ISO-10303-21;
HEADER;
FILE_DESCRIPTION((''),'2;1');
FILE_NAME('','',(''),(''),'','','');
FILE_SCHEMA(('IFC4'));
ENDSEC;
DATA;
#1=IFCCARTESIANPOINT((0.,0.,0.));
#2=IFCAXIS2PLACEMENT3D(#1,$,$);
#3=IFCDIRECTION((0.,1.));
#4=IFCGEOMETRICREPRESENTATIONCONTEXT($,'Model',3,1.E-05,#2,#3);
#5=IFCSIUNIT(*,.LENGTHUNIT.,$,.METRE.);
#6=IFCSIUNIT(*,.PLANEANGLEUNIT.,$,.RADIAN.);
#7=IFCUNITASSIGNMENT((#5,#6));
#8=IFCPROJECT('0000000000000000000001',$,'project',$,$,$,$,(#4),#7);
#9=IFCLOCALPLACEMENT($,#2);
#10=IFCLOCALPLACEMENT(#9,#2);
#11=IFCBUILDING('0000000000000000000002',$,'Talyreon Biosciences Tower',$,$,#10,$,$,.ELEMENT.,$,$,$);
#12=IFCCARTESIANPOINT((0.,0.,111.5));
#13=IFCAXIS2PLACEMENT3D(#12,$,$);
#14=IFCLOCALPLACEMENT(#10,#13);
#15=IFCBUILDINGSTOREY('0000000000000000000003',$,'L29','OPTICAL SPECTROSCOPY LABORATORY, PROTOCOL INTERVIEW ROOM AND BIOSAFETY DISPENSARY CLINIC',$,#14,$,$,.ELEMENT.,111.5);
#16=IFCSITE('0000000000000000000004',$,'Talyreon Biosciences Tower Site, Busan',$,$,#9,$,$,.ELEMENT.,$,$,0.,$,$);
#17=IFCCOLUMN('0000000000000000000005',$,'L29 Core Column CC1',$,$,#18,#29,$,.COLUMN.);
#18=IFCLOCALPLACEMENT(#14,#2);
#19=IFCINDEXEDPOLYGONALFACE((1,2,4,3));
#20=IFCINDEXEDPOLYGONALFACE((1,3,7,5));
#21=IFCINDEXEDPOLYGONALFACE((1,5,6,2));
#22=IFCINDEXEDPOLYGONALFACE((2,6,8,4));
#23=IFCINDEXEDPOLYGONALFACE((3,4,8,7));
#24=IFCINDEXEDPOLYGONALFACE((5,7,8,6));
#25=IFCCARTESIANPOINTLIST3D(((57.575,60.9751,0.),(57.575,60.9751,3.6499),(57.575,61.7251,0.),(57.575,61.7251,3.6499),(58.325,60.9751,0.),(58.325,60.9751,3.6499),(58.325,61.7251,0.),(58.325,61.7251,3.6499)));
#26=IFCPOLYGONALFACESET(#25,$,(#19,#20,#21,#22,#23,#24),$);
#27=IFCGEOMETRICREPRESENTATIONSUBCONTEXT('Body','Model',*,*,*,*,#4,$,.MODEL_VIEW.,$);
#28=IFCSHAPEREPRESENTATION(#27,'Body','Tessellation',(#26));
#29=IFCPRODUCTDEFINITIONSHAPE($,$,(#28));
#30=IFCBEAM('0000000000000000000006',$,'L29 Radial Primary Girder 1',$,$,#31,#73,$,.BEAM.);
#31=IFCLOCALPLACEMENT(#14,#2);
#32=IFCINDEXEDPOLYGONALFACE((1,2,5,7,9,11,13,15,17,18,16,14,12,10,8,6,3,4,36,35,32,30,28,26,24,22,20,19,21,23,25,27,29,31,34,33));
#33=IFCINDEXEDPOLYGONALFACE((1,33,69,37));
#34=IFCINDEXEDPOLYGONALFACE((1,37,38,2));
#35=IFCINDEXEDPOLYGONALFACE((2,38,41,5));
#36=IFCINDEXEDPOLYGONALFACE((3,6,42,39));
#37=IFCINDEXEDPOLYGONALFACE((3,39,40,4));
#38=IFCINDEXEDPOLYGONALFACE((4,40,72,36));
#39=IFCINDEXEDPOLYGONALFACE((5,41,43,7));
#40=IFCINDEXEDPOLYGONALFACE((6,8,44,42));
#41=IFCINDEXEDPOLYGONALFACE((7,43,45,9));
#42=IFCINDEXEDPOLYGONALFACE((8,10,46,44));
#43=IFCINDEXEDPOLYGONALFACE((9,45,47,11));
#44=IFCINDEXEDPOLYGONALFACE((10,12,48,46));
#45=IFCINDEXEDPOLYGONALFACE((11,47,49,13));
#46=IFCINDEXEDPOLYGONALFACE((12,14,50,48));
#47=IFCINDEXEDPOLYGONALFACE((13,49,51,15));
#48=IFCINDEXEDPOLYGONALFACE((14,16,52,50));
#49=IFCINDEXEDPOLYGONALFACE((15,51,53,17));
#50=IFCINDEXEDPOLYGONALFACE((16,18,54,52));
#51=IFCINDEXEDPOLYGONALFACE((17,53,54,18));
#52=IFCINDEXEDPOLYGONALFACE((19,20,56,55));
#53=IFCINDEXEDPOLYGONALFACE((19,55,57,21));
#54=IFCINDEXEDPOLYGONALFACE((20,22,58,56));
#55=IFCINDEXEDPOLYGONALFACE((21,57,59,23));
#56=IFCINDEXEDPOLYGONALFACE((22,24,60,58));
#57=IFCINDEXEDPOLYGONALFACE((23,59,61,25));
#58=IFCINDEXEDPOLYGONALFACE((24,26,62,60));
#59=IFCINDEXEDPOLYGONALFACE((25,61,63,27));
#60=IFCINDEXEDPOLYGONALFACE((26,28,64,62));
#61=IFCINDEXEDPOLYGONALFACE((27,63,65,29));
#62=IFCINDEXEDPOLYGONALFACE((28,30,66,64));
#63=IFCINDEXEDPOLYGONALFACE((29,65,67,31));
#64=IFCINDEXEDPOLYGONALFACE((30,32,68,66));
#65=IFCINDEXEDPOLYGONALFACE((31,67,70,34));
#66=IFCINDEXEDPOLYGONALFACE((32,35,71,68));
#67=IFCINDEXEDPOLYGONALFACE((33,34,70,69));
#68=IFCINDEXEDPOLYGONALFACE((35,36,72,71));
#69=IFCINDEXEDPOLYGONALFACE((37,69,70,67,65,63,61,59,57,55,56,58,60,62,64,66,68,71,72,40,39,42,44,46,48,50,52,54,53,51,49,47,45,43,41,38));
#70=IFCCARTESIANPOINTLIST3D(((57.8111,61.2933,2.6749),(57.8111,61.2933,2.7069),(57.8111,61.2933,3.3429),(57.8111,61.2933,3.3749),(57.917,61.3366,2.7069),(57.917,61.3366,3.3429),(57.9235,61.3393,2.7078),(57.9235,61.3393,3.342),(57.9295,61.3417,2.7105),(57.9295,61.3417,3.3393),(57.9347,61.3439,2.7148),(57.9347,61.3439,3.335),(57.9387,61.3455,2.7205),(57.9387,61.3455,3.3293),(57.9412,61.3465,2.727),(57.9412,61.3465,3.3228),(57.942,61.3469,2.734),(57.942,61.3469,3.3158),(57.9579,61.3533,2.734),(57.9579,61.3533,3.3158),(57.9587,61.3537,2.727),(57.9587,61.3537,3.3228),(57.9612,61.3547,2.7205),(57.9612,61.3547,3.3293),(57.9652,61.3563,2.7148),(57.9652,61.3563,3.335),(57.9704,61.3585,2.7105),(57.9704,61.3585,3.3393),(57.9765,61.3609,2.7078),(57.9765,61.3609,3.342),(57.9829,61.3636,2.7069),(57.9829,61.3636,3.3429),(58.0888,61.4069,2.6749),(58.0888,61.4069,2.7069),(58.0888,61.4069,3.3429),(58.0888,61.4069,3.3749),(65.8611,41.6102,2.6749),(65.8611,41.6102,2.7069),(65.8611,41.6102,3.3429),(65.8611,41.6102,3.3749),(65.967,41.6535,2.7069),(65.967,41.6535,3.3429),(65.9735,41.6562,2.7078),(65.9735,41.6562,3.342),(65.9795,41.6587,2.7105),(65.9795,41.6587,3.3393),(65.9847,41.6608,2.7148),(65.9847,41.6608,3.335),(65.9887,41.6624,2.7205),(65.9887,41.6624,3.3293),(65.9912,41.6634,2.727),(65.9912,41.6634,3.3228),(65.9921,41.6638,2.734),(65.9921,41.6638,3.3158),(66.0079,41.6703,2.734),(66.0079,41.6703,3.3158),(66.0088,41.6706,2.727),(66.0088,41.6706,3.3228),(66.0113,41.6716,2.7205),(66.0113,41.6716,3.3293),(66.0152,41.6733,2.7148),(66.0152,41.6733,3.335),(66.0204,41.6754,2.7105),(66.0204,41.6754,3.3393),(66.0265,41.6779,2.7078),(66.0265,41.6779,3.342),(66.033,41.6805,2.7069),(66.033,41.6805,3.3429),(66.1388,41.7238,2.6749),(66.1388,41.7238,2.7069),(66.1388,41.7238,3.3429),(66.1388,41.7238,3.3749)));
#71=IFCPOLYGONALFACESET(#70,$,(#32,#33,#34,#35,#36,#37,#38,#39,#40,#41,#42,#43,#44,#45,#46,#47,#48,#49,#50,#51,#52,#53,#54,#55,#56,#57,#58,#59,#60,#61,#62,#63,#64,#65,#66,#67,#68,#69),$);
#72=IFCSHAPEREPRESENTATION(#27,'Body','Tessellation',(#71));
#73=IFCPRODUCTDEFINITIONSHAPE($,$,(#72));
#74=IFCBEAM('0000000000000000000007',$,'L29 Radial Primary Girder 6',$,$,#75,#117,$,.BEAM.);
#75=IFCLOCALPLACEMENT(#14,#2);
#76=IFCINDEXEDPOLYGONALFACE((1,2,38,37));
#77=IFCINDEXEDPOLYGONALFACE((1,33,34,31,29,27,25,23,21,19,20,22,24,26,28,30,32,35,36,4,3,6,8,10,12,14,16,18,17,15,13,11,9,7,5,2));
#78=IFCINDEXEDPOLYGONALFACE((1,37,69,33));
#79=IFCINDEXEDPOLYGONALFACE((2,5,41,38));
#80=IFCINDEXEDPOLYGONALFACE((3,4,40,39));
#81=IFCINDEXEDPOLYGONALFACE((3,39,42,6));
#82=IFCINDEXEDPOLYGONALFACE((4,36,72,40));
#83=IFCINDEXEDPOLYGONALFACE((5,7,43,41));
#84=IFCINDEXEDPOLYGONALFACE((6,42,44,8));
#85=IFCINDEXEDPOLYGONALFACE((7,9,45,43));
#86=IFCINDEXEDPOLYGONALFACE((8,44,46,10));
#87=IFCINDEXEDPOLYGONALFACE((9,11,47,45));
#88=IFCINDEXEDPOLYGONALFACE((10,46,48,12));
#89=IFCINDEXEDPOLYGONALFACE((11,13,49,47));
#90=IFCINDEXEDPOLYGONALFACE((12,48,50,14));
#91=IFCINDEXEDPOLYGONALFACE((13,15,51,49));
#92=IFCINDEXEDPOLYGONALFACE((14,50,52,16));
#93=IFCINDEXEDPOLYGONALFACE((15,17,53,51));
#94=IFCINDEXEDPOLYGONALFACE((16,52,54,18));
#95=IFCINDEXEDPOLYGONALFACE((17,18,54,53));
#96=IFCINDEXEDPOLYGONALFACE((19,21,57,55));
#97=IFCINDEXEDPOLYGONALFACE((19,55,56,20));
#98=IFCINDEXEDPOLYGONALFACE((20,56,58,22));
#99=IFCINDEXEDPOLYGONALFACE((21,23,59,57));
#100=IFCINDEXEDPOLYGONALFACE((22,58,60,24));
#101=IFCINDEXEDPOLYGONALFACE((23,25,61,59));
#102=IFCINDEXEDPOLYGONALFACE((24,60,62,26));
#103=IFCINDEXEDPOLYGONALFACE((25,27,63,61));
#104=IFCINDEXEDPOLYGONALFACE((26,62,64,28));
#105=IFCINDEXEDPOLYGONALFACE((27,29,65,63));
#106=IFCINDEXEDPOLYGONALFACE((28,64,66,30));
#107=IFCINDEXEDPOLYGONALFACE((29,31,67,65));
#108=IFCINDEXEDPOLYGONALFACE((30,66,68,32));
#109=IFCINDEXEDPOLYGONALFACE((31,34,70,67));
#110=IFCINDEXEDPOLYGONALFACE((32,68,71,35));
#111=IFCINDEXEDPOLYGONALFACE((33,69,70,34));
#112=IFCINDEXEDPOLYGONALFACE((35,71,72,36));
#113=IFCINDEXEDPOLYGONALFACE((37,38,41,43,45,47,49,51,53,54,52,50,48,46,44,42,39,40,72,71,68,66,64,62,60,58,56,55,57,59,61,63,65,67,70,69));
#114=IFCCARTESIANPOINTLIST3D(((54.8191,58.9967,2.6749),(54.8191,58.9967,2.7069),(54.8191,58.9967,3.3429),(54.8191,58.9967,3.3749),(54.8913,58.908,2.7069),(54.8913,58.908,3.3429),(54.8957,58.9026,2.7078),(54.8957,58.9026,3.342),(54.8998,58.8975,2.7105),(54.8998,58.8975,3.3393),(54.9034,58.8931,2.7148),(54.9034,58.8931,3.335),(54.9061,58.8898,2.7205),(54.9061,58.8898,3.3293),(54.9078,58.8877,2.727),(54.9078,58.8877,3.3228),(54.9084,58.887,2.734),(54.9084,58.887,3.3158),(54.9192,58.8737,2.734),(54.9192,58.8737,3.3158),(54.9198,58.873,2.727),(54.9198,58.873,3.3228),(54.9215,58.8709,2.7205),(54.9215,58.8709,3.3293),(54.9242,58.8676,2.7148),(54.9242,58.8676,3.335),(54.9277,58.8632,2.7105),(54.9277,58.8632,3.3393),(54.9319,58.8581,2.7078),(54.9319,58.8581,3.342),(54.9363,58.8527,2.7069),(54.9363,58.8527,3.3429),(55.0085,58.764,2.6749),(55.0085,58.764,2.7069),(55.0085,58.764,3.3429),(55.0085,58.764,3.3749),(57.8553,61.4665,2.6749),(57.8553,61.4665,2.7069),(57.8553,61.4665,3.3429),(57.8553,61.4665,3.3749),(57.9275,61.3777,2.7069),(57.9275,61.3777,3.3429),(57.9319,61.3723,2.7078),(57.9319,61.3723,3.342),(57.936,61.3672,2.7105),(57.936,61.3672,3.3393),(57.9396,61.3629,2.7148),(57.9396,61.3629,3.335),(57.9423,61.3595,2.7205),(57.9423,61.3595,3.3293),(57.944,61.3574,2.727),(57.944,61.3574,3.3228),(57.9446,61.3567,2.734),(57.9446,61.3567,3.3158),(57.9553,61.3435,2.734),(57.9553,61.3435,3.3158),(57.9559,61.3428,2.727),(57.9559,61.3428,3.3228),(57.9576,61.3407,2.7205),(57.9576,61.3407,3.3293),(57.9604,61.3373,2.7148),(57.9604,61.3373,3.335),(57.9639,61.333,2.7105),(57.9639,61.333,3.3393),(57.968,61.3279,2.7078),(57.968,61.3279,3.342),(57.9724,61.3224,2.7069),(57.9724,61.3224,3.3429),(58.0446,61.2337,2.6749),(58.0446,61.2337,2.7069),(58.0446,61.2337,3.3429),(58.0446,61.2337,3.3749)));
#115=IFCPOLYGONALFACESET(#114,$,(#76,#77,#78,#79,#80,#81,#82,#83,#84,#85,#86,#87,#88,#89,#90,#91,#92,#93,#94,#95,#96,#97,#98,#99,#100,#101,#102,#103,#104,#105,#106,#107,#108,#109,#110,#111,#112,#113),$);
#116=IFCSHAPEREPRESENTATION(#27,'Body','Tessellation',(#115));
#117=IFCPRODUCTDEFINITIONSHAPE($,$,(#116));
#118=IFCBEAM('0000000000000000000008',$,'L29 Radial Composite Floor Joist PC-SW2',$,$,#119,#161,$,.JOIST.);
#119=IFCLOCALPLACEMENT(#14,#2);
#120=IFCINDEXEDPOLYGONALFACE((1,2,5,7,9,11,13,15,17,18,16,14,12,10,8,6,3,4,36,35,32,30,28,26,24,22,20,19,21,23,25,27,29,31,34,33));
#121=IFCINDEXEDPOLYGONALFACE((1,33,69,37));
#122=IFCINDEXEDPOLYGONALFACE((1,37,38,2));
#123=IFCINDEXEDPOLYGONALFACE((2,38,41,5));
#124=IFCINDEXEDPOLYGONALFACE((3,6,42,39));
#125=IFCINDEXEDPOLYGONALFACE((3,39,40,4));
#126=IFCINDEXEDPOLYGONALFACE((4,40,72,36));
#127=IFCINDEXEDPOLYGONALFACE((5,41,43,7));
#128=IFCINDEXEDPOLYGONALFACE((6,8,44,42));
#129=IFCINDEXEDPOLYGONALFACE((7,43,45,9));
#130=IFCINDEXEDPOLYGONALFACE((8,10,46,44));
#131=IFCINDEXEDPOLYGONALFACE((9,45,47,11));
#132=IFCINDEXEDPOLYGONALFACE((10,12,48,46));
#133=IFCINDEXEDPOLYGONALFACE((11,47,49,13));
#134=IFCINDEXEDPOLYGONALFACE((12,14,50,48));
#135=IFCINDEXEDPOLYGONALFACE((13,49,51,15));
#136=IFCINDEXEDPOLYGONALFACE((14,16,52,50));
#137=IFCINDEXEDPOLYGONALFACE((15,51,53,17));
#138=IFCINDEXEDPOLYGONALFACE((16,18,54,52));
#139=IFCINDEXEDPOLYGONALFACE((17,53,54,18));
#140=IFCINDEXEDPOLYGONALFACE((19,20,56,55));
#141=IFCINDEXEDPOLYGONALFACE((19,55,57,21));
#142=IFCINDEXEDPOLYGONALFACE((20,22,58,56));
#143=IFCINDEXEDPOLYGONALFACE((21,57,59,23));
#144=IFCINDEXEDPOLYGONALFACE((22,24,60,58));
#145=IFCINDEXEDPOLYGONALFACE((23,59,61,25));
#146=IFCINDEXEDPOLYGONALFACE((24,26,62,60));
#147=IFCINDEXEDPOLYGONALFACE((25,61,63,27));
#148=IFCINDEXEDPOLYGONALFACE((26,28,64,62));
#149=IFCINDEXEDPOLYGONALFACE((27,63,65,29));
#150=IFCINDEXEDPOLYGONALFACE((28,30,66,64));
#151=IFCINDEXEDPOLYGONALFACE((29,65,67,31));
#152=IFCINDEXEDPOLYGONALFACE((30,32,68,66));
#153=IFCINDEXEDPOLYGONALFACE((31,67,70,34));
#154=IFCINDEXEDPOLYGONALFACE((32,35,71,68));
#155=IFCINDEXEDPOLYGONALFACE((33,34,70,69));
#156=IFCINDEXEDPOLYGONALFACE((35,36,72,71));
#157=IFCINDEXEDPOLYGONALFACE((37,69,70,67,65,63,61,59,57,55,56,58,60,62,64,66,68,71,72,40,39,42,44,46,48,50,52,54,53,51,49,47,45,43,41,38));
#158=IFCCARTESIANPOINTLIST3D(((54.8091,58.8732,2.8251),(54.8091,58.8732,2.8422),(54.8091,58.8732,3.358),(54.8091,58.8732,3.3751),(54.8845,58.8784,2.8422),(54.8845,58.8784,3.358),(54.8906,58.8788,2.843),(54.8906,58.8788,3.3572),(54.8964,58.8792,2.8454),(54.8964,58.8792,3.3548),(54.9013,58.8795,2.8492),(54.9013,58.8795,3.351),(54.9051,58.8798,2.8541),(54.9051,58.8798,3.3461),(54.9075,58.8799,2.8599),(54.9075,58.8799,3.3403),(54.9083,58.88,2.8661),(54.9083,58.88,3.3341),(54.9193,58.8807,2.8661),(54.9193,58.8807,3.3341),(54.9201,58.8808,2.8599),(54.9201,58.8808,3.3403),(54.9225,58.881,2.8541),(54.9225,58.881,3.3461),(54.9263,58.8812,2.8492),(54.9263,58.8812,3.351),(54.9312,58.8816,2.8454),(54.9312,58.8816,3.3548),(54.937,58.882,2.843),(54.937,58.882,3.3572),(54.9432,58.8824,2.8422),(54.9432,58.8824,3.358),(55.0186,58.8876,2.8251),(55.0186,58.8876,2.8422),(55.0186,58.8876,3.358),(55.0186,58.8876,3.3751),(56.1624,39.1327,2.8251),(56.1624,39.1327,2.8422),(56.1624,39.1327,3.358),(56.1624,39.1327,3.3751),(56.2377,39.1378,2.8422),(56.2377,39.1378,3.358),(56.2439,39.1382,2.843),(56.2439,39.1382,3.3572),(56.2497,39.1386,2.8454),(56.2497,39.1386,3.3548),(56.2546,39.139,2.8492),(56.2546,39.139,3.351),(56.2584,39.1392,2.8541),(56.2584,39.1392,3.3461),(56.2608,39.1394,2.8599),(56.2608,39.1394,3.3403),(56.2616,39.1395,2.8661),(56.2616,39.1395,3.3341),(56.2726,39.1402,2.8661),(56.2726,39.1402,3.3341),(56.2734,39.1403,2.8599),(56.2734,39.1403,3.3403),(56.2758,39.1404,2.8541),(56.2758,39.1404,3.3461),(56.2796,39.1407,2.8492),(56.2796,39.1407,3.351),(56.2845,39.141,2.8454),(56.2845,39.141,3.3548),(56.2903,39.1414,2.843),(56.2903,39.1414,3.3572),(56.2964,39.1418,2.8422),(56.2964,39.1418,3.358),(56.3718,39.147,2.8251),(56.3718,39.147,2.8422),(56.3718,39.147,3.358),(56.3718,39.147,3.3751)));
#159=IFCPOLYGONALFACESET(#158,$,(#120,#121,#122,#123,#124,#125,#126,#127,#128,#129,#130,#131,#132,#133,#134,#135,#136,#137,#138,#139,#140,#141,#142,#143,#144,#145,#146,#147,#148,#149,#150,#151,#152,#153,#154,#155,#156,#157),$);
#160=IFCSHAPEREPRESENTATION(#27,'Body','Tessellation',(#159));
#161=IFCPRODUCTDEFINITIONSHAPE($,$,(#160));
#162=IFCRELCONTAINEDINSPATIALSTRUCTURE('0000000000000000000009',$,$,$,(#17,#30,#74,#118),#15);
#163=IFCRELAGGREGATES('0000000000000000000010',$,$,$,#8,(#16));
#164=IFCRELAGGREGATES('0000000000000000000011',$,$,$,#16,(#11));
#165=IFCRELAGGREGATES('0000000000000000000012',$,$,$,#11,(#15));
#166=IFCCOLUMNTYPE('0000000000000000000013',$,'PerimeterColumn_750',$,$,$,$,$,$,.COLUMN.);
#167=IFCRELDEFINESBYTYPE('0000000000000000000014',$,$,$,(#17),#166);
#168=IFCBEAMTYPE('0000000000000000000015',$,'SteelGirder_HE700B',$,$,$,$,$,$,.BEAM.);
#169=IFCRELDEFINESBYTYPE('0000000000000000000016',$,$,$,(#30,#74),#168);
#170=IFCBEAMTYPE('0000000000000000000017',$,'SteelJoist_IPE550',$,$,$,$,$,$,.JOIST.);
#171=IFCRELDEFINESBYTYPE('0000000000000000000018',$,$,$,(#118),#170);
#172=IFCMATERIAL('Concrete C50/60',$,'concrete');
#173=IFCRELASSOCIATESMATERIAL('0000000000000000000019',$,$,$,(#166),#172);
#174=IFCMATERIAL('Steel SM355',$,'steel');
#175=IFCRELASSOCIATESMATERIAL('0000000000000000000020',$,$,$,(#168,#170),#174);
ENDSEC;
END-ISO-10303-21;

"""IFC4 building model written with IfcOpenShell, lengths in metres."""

from ifc_helpers import new_model, si_unit, direction, frame, origin, origin_2d, place, context, subcontext, project, spatial, rectangle, i_section, extrude, material, material_profile, profile_set, type_object, element, save


model = new_model("IFC4")

# Units and contexts
model_context = context("Model", 3, precision=1e-05, world=origin(), true_north=direction((0.0, 1.0)))
body_context = subcontext(model_context, "Body", "Model", "MODEL_VIEW")
ifc_project = project(units=[si_unit("LENGTHUNIT", "METRE"), si_unit("PLANEANGLEUNIT", "RADIAN")], contexts=[model_context])

# Site, building, storey
site_placement = place(None, origin())
site = spatial("IfcSite", under=ifc_project, at=site_placement, Name="Talyreon Biosciences Tower Site, Busan", CompositionType="ELEMENT", RefElevation=0.0)
building_placement = place(site_placement, origin())
building = spatial("IfcBuilding", under=site, at=building_placement, Name="Talyreon Biosciences Tower", CompositionType="ELEMENT")
storey_placement = place(building_placement, frame((0.0, 0.0, 111.5)))
storey = spatial("IfcBuildingStorey", under=building, at=storey_placement, Name="L29", Description="OPTICAL SPECTROSCOPY LABORATORY, PROTOCOL INTERVIEW ROOM AND BIOSAFETY DISPENSARY CLINIC", CompositionType="ELEMENT", Elevation=111.5)

# Column
ifc_material_1 = material(Name="Concrete C50/60", Category="concrete")
ifc_material_profile_1 = material_profile(ifc_material_1, rectangle(XDim=0.75, YDim=0.75, at=origin_2d()), Name="RC 750x750")
ifc_profile_set_1 = profile_set([ifc_material_profile_1], Name="Concrete C50/60")
column_type = type_object("IfcColumnType", Name="PerimeterColumn_750", PredefinedType="COLUMN", material=ifc_profile_set_1)
column_placement = place(storey_placement, frame((57.95, 61.3501, 0.0), z_axis=(0.0, 0.0, 1.0), x_axis=(1.0, 0.0, 0.0)))
element("IfcColumn", 1, at=column_placement, inside=storey, type_object=column_type, Name="L29 Core Column CC1", PredefinedType="COLUMN", context=body_context, shape_type="SweptSolid", body=[
    extrude(rectangle(XDim=0.75, YDim=0.75, at=origin_2d()), origin(), (0.0, 0.0, 1.0), 3.6499),
])

# Beams
ifc_material_2 = material(Name="Steel SM355", Category="steel")
ifc_material_profile_2 = material_profile(ifc_material_2, i_section(OverallWidth=0.3, OverallDepth=0.7, WebThickness=0.0171, FlangeThickness=0.032, FilletRadius=0.0271, at=origin_2d()), Name="HE700B")
ifc_profile_set_2 = profile_set([ifc_material_profile_2], Name="Steel SM355")
beam_type_1 = type_object("IfcBeamType", Name="SteelGirder_HE700B", PredefinedType="BEAM", material=ifc_profile_set_2)
beam_1_placement = place(storey_placement, frame((57.95, 61.3501, 3.0249), z_axis=(0.378547, -0.925582, 0.0), x_axis=(0.925582, 0.378547, 0.0)))
element("IfcBeam", 2, at=beam_1_placement, inside=storey, type_object=beam_type_1, Name="L29 Radial Primary Girder 1", PredefinedType="BEAM", context=body_context, shape_type="SweptSolid", body=[
    extrude(i_section(OverallWidth=0.3, OverallDepth=0.7, WebThickness=0.0171, FlangeThickness=0.032, FilletRadius=0.0271, at=origin_2d()), origin(), (0.0, 0.0, 1.0), 21.2656),
])
beam_2_placement = place(storey_placement, frame((57.95, 61.3501, 3.0249), z_axis=(-0.775755, -0.631034, 0.0), x_axis=(0.631034, -0.775755, 0.0)))
element("IfcBeam", 3, at=beam_2_placement, inside=storey, type_object=beam_type_1, Name="L29 Radial Primary Girder 6", PredefinedType="BEAM", context=body_context, shape_type="SweptSolid", body=[
    extrude(i_section(OverallWidth=0.3, OverallDepth=0.7, WebThickness=0.0171, FlangeThickness=0.032, FilletRadius=0.0271, at=origin_2d()), origin(), (0.0, 0.0, 1.0), 3.9138),
])
ifc_material_profile_3 = material_profile(ifc_material_2, i_section(OverallWidth=0.21, OverallDepth=0.55, WebThickness=0.011, FlangeThickness=0.0171, FilletRadius=0.0239, at=origin_2d()), Name="IPE550")
ifc_profile_set_3 = profile_set([ifc_material_profile_3], Name="Steel SM355")
beam_type_2 = type_object("IfcBeamType", Name="SteelJoist_IPE550", PredefinedType="JOIST", material=ifc_profile_set_3)
beam_3_placement = place(storey_placement, frame((54.9138, 58.8804, 3.1001), z_axis=(0.068393, -0.997658, 0.0), x_axis=(0.997658, 0.068393, 0.0)))
element("IfcBeam", 4, at=beam_3_placement, inside=storey, type_object=beam_type_2, Name="L29 Radial Composite Floor Joist PC-SW2", PredefinedType="JOIST", context=body_context, shape_type="SweptSolid", body=[
    extrude(i_section(OverallWidth=0.21, OverallDepth=0.55, WebThickness=0.011, FlangeThickness=0.0171, FilletRadius=0.0239, at=origin_2d()), origin(), (0.0, 0.0, 1.0), 19.7869),
])

save(model, "model.ifc")
